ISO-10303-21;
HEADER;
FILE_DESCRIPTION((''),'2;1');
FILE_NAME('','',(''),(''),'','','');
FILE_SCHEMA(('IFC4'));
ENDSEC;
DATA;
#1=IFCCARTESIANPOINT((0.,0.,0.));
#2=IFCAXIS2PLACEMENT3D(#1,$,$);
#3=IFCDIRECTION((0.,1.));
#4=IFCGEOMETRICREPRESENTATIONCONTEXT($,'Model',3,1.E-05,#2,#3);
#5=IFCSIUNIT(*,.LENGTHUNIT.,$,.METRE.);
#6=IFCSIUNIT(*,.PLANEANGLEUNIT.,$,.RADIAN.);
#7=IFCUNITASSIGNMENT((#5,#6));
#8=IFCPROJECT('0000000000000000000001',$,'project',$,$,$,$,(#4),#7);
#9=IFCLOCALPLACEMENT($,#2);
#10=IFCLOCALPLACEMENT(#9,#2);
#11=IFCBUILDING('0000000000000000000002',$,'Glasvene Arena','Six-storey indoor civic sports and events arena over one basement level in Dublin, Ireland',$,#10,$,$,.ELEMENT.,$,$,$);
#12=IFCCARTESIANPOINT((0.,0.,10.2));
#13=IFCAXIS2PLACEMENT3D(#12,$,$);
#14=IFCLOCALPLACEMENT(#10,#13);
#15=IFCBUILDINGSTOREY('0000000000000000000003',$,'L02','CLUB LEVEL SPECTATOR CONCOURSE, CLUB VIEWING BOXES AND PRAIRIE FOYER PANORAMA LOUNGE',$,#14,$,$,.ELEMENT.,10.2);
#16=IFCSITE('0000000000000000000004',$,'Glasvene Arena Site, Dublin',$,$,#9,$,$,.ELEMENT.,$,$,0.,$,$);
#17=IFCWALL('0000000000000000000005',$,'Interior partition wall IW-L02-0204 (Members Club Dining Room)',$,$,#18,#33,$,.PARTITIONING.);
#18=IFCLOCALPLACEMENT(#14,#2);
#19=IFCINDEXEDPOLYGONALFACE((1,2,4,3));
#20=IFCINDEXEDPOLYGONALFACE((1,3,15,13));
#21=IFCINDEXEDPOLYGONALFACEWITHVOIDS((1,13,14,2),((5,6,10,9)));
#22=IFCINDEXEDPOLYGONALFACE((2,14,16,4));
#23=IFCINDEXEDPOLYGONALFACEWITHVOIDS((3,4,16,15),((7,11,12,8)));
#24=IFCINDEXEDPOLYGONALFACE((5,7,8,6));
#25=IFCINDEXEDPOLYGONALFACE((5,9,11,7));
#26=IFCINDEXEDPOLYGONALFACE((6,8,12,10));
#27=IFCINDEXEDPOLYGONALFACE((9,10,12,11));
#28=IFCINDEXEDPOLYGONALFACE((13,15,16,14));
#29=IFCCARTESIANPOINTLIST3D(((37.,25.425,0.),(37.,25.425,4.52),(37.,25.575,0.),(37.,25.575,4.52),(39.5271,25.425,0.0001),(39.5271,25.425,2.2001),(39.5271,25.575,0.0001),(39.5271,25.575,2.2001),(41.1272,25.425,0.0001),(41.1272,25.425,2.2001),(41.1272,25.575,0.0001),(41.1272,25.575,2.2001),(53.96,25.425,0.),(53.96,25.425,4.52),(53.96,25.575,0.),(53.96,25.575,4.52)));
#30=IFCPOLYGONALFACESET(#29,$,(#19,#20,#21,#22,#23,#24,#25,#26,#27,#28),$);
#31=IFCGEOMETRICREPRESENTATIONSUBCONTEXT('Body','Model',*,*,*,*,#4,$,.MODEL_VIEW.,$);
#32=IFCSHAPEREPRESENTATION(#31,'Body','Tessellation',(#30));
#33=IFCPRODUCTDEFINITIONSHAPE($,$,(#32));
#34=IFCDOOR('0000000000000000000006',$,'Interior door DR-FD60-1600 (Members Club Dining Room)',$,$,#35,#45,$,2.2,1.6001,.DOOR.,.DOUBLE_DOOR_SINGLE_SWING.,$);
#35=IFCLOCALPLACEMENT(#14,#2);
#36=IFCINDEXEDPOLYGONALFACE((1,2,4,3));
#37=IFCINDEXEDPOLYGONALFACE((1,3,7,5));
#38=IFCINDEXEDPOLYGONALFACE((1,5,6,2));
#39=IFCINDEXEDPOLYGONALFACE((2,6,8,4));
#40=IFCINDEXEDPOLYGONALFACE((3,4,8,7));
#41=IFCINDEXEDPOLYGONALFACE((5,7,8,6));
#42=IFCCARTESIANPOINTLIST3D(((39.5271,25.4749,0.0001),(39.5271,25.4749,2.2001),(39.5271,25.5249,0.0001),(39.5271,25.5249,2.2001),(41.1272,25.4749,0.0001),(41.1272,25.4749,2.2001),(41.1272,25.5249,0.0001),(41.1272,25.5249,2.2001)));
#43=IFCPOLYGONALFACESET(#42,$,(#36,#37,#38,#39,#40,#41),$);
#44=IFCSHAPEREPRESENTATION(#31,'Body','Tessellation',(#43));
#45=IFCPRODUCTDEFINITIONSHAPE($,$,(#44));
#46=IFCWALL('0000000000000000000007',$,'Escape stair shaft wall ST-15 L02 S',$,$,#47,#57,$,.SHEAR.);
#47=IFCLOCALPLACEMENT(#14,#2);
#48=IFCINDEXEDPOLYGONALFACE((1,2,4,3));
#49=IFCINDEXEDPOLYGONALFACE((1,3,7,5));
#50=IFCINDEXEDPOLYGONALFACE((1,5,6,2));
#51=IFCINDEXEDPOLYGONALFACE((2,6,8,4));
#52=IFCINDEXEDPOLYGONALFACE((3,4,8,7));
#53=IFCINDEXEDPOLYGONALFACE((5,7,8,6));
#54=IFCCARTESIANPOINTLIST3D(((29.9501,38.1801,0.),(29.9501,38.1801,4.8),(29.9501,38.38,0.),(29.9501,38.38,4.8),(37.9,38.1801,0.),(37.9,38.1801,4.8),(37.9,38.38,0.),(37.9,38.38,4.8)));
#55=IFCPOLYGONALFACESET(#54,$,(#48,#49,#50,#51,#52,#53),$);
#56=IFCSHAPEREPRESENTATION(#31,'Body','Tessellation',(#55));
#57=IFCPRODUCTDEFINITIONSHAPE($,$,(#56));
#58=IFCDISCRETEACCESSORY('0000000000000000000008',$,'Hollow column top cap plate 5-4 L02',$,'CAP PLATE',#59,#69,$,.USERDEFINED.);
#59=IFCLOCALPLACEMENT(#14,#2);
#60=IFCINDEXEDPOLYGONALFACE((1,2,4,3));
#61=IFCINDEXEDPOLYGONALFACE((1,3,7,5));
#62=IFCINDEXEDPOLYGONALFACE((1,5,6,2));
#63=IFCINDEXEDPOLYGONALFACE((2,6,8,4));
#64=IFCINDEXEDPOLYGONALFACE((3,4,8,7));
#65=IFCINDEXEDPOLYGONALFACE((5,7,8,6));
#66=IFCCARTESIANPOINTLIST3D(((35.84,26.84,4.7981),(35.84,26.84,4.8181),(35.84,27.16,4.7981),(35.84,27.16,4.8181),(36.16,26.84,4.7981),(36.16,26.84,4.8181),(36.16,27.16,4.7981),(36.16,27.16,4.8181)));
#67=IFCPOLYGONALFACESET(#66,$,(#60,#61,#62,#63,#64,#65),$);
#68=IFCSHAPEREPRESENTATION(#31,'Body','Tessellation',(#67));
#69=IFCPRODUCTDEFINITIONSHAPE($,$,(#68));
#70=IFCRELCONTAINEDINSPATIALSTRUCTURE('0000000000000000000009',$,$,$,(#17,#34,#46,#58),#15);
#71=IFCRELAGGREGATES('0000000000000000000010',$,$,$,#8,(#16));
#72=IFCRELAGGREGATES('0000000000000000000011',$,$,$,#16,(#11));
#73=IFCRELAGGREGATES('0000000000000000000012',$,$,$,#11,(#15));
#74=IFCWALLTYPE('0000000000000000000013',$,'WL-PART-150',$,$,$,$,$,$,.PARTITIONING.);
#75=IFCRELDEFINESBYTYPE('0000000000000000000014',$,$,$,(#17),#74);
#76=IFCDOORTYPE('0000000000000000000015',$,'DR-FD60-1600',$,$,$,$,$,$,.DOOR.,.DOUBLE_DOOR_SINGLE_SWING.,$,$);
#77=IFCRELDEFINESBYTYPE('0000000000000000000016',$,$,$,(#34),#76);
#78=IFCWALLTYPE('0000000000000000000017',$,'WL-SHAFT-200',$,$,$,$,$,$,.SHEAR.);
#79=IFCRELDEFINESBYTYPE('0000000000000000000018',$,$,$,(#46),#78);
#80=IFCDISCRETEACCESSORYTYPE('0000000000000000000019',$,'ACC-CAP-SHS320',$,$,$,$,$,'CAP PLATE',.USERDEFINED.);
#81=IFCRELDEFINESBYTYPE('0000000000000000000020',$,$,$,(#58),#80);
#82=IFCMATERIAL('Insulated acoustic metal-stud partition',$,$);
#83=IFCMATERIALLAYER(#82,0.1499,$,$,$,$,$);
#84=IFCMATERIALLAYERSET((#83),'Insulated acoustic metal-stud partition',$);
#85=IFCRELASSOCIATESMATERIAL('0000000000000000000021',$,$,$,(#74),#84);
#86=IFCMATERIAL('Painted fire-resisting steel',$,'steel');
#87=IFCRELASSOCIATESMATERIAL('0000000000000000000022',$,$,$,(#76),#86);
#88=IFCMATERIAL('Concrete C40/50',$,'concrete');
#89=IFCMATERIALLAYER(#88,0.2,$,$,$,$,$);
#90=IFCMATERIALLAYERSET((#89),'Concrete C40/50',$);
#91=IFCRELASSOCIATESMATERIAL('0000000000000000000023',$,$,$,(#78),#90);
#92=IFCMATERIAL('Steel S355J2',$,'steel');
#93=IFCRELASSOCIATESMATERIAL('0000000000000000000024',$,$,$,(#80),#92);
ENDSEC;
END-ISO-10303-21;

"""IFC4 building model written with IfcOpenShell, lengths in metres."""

from ifc_helpers import new_model, si_unit, direction, frame, frame_2d, origin, origin_2d, place, context, subcontext, project, spatial, rectangle, extrude, material, layer, layer_set, type_object, element, fill, save


model = new_model("IFC4")

# Units and contexts
model_context = context("Model", 3, precision=1e-05, world=origin(), true_north=direction((0.0, 1.0)))
body_context = subcontext(model_context, "Body", "Model", "MODEL_VIEW")
ifc_project = project(units=[si_unit("LENGTHUNIT", "METRE"), si_unit("PLANEANGLEUNIT", "RADIAN")], contexts=[model_context])

# Site, building, storey
site_placement = place(None, origin())
site = spatial("IfcSite", under=ifc_project, at=site_placement, Name="Glasvene Arena Site, Dublin", CompositionType="ELEMENT", RefElevation=0.0)
building_placement = place(site_placement, origin())
building = spatial("IfcBuilding", under=site, at=building_placement, Name="Glasvene Arena", Description="Six-storey indoor civic sports and events arena over one basement level in Dublin, Ireland", CompositionType="ELEMENT")
storey_placement = place(building_placement, frame((0.0, 0.0, 10.2)))
storey = spatial("IfcBuildingStorey", under=building, at=storey_placement, Name="L02", Description="CLUB LEVEL SPECTATOR CONCOURSE, CLUB VIEWING BOXES AND PRAIRIE FOYER PANORAMA LOUNGE", CompositionType="ELEMENT", Elevation=10.2)

# Shared definitions
ifc_material_1 = material(Name="Steel S355J2", Category="steel")

# Shared definitions
ifc_material_2 = material(Name="Insulated acoustic metal-stud partition")
ifc_layer_1 = layer(ifc_material_2, 0.1499)
ifc_layer_set_1 = layer_set([ifc_layer_1], Name="Insulated acoustic metal-stud partition")
wall_type_1 = type_object("IfcWallType", Name="WL-PART-150", PredefinedType="PARTITIONING", material=ifc_layer_set_1)
ifc_material_3 = material(Name="Painted fire-resisting steel", Category="steel")
door_type_1 = type_object("IfcDoorType", Name="DR-FD60-1600", OperationType="DOUBLE_DOOR_SINGLE_SWING", PredefinedType="DOOR", material=ifc_material_3)

# Wall, opening, door
wall_1_placement = place(storey_placement, frame((37.0, 25.5, 0.0), z_axis=(0.0, 0.0, 1.0), x_axis=(1.0, 0.0, 0.0)))
wall_1 = element("IfcWall", 1, at=wall_1_placement, inside=storey, type_object=wall_type_1, Name="Interior partition wall IW-L02-0204 (Members Club Dining Room)", PredefinedType="PARTITIONING", context=body_context, shape_type="SweptSolid", body=[
    extrude(rectangle(XDim=16.96, YDim=0.1499, at=frame_2d((8.48, 0.0))), origin(), (0.0, 0.0, 1.0), 4.52),
])
opening_1_placement = place(wall_1_placement, frame((2.5271, 0.0, 0.0)))
opening_1 = element("IfcOpeningElement", 2, at=opening_1_placement, cuts=wall_1, PredefinedType="OPENING", context=body_context, shape_type="SweptSolid", body=[
    extrude(rectangle(XDim=1.6001, YDim=2.2, at=frame_2d((0.8, 1.1001))), frame((0.0, 0.085, 0.0), z_axis=(0.0, -1.0, 0.0), x_axis=(1.0, 0.0, 0.0)), (0.0, 0.0, 1.0), 0.1699),
])
door_1_placement = place(opening_1_placement, origin())
door_1 = element("IfcDoor", 3, at=door_1_placement, inside=storey, type_object=door_type_1, Name="Interior door DR-FD60-1600 (Members Club Dining Room)", OperationType="DOUBLE_DOOR_SINGLE_SWING", OverallHeight=2.2, OverallWidth=1.6001, PredefinedType="DOOR", context=body_context, shape_type="SweptSolid", body=[
    extrude(rectangle(XDim=1.6001, YDim=2.2, at=frame_2d((0.8, 1.1001))), frame((0.0, 0.0249, 0.0), z_axis=(0.0, -1.0, 0.0), x_axis=(1.0, 0.0, 0.0)), (0.0, 0.0, 1.0), 0.05),
])
fill(opening_1, door_1)

# Wall
ifc_material_4 = material(Name="Concrete C40/50", Category="concrete")
ifc_layer_2 = layer(ifc_material_4, 0.2)
ifc_layer_set_2 = layer_set([ifc_layer_2], Name="Concrete C40/50")
wall_type_2 = type_object("IfcWallType", Name="WL-SHAFT-200", PredefinedType="SHEAR", material=ifc_layer_set_2)
wall_2_placement = place(storey_placement, frame((29.95, 38.28, 0.0), z_axis=(0.0, 0.0, 1.0), x_axis=(1.0, 0.0, 0.0)))
element("IfcWall", 4, at=wall_2_placement, inside=storey, type_object=wall_type_2, Name="Escape stair shaft wall ST-15 L02 S", PredefinedType="SHEAR", context=body_context, shape_type="SweptSolid", body=[
    extrude(rectangle(XDim=7.95, YDim=0.2, at=frame_2d((3.9751, 0.0))), origin(), (0.0, 0.0, 1.0), 4.8),
])

# Discrete accessory
discrete_accessory_type = type_object("IfcDiscreteAccessoryType", Name="ACC-CAP-SHS320", ElementType="CAP PLATE", PredefinedType="USERDEFINED", material=ifc_material_1)
discrete_accessory_placement = place(storey_placement, frame((36.0, 27.0, 4.7981), z_axis=(0.0, 0.0, 1.0), x_axis=(1.0, 0.0, 0.0)))
element("IfcDiscreteAccessory", 5, at=discrete_accessory_placement, inside=storey, type_object=discrete_accessory_type, Name="Hollow column top cap plate 5-4 L02", ObjectType="CAP PLATE", PredefinedType="USERDEFINED", context=body_context, shape_type="SweptSolid", body=[
    extrude(rectangle(XDim=0.3201, YDim=0.3201, at=origin_2d()), origin(), (0.0, 0.0, 1.0), 0.02),
])

save(model, "model.ifc")
